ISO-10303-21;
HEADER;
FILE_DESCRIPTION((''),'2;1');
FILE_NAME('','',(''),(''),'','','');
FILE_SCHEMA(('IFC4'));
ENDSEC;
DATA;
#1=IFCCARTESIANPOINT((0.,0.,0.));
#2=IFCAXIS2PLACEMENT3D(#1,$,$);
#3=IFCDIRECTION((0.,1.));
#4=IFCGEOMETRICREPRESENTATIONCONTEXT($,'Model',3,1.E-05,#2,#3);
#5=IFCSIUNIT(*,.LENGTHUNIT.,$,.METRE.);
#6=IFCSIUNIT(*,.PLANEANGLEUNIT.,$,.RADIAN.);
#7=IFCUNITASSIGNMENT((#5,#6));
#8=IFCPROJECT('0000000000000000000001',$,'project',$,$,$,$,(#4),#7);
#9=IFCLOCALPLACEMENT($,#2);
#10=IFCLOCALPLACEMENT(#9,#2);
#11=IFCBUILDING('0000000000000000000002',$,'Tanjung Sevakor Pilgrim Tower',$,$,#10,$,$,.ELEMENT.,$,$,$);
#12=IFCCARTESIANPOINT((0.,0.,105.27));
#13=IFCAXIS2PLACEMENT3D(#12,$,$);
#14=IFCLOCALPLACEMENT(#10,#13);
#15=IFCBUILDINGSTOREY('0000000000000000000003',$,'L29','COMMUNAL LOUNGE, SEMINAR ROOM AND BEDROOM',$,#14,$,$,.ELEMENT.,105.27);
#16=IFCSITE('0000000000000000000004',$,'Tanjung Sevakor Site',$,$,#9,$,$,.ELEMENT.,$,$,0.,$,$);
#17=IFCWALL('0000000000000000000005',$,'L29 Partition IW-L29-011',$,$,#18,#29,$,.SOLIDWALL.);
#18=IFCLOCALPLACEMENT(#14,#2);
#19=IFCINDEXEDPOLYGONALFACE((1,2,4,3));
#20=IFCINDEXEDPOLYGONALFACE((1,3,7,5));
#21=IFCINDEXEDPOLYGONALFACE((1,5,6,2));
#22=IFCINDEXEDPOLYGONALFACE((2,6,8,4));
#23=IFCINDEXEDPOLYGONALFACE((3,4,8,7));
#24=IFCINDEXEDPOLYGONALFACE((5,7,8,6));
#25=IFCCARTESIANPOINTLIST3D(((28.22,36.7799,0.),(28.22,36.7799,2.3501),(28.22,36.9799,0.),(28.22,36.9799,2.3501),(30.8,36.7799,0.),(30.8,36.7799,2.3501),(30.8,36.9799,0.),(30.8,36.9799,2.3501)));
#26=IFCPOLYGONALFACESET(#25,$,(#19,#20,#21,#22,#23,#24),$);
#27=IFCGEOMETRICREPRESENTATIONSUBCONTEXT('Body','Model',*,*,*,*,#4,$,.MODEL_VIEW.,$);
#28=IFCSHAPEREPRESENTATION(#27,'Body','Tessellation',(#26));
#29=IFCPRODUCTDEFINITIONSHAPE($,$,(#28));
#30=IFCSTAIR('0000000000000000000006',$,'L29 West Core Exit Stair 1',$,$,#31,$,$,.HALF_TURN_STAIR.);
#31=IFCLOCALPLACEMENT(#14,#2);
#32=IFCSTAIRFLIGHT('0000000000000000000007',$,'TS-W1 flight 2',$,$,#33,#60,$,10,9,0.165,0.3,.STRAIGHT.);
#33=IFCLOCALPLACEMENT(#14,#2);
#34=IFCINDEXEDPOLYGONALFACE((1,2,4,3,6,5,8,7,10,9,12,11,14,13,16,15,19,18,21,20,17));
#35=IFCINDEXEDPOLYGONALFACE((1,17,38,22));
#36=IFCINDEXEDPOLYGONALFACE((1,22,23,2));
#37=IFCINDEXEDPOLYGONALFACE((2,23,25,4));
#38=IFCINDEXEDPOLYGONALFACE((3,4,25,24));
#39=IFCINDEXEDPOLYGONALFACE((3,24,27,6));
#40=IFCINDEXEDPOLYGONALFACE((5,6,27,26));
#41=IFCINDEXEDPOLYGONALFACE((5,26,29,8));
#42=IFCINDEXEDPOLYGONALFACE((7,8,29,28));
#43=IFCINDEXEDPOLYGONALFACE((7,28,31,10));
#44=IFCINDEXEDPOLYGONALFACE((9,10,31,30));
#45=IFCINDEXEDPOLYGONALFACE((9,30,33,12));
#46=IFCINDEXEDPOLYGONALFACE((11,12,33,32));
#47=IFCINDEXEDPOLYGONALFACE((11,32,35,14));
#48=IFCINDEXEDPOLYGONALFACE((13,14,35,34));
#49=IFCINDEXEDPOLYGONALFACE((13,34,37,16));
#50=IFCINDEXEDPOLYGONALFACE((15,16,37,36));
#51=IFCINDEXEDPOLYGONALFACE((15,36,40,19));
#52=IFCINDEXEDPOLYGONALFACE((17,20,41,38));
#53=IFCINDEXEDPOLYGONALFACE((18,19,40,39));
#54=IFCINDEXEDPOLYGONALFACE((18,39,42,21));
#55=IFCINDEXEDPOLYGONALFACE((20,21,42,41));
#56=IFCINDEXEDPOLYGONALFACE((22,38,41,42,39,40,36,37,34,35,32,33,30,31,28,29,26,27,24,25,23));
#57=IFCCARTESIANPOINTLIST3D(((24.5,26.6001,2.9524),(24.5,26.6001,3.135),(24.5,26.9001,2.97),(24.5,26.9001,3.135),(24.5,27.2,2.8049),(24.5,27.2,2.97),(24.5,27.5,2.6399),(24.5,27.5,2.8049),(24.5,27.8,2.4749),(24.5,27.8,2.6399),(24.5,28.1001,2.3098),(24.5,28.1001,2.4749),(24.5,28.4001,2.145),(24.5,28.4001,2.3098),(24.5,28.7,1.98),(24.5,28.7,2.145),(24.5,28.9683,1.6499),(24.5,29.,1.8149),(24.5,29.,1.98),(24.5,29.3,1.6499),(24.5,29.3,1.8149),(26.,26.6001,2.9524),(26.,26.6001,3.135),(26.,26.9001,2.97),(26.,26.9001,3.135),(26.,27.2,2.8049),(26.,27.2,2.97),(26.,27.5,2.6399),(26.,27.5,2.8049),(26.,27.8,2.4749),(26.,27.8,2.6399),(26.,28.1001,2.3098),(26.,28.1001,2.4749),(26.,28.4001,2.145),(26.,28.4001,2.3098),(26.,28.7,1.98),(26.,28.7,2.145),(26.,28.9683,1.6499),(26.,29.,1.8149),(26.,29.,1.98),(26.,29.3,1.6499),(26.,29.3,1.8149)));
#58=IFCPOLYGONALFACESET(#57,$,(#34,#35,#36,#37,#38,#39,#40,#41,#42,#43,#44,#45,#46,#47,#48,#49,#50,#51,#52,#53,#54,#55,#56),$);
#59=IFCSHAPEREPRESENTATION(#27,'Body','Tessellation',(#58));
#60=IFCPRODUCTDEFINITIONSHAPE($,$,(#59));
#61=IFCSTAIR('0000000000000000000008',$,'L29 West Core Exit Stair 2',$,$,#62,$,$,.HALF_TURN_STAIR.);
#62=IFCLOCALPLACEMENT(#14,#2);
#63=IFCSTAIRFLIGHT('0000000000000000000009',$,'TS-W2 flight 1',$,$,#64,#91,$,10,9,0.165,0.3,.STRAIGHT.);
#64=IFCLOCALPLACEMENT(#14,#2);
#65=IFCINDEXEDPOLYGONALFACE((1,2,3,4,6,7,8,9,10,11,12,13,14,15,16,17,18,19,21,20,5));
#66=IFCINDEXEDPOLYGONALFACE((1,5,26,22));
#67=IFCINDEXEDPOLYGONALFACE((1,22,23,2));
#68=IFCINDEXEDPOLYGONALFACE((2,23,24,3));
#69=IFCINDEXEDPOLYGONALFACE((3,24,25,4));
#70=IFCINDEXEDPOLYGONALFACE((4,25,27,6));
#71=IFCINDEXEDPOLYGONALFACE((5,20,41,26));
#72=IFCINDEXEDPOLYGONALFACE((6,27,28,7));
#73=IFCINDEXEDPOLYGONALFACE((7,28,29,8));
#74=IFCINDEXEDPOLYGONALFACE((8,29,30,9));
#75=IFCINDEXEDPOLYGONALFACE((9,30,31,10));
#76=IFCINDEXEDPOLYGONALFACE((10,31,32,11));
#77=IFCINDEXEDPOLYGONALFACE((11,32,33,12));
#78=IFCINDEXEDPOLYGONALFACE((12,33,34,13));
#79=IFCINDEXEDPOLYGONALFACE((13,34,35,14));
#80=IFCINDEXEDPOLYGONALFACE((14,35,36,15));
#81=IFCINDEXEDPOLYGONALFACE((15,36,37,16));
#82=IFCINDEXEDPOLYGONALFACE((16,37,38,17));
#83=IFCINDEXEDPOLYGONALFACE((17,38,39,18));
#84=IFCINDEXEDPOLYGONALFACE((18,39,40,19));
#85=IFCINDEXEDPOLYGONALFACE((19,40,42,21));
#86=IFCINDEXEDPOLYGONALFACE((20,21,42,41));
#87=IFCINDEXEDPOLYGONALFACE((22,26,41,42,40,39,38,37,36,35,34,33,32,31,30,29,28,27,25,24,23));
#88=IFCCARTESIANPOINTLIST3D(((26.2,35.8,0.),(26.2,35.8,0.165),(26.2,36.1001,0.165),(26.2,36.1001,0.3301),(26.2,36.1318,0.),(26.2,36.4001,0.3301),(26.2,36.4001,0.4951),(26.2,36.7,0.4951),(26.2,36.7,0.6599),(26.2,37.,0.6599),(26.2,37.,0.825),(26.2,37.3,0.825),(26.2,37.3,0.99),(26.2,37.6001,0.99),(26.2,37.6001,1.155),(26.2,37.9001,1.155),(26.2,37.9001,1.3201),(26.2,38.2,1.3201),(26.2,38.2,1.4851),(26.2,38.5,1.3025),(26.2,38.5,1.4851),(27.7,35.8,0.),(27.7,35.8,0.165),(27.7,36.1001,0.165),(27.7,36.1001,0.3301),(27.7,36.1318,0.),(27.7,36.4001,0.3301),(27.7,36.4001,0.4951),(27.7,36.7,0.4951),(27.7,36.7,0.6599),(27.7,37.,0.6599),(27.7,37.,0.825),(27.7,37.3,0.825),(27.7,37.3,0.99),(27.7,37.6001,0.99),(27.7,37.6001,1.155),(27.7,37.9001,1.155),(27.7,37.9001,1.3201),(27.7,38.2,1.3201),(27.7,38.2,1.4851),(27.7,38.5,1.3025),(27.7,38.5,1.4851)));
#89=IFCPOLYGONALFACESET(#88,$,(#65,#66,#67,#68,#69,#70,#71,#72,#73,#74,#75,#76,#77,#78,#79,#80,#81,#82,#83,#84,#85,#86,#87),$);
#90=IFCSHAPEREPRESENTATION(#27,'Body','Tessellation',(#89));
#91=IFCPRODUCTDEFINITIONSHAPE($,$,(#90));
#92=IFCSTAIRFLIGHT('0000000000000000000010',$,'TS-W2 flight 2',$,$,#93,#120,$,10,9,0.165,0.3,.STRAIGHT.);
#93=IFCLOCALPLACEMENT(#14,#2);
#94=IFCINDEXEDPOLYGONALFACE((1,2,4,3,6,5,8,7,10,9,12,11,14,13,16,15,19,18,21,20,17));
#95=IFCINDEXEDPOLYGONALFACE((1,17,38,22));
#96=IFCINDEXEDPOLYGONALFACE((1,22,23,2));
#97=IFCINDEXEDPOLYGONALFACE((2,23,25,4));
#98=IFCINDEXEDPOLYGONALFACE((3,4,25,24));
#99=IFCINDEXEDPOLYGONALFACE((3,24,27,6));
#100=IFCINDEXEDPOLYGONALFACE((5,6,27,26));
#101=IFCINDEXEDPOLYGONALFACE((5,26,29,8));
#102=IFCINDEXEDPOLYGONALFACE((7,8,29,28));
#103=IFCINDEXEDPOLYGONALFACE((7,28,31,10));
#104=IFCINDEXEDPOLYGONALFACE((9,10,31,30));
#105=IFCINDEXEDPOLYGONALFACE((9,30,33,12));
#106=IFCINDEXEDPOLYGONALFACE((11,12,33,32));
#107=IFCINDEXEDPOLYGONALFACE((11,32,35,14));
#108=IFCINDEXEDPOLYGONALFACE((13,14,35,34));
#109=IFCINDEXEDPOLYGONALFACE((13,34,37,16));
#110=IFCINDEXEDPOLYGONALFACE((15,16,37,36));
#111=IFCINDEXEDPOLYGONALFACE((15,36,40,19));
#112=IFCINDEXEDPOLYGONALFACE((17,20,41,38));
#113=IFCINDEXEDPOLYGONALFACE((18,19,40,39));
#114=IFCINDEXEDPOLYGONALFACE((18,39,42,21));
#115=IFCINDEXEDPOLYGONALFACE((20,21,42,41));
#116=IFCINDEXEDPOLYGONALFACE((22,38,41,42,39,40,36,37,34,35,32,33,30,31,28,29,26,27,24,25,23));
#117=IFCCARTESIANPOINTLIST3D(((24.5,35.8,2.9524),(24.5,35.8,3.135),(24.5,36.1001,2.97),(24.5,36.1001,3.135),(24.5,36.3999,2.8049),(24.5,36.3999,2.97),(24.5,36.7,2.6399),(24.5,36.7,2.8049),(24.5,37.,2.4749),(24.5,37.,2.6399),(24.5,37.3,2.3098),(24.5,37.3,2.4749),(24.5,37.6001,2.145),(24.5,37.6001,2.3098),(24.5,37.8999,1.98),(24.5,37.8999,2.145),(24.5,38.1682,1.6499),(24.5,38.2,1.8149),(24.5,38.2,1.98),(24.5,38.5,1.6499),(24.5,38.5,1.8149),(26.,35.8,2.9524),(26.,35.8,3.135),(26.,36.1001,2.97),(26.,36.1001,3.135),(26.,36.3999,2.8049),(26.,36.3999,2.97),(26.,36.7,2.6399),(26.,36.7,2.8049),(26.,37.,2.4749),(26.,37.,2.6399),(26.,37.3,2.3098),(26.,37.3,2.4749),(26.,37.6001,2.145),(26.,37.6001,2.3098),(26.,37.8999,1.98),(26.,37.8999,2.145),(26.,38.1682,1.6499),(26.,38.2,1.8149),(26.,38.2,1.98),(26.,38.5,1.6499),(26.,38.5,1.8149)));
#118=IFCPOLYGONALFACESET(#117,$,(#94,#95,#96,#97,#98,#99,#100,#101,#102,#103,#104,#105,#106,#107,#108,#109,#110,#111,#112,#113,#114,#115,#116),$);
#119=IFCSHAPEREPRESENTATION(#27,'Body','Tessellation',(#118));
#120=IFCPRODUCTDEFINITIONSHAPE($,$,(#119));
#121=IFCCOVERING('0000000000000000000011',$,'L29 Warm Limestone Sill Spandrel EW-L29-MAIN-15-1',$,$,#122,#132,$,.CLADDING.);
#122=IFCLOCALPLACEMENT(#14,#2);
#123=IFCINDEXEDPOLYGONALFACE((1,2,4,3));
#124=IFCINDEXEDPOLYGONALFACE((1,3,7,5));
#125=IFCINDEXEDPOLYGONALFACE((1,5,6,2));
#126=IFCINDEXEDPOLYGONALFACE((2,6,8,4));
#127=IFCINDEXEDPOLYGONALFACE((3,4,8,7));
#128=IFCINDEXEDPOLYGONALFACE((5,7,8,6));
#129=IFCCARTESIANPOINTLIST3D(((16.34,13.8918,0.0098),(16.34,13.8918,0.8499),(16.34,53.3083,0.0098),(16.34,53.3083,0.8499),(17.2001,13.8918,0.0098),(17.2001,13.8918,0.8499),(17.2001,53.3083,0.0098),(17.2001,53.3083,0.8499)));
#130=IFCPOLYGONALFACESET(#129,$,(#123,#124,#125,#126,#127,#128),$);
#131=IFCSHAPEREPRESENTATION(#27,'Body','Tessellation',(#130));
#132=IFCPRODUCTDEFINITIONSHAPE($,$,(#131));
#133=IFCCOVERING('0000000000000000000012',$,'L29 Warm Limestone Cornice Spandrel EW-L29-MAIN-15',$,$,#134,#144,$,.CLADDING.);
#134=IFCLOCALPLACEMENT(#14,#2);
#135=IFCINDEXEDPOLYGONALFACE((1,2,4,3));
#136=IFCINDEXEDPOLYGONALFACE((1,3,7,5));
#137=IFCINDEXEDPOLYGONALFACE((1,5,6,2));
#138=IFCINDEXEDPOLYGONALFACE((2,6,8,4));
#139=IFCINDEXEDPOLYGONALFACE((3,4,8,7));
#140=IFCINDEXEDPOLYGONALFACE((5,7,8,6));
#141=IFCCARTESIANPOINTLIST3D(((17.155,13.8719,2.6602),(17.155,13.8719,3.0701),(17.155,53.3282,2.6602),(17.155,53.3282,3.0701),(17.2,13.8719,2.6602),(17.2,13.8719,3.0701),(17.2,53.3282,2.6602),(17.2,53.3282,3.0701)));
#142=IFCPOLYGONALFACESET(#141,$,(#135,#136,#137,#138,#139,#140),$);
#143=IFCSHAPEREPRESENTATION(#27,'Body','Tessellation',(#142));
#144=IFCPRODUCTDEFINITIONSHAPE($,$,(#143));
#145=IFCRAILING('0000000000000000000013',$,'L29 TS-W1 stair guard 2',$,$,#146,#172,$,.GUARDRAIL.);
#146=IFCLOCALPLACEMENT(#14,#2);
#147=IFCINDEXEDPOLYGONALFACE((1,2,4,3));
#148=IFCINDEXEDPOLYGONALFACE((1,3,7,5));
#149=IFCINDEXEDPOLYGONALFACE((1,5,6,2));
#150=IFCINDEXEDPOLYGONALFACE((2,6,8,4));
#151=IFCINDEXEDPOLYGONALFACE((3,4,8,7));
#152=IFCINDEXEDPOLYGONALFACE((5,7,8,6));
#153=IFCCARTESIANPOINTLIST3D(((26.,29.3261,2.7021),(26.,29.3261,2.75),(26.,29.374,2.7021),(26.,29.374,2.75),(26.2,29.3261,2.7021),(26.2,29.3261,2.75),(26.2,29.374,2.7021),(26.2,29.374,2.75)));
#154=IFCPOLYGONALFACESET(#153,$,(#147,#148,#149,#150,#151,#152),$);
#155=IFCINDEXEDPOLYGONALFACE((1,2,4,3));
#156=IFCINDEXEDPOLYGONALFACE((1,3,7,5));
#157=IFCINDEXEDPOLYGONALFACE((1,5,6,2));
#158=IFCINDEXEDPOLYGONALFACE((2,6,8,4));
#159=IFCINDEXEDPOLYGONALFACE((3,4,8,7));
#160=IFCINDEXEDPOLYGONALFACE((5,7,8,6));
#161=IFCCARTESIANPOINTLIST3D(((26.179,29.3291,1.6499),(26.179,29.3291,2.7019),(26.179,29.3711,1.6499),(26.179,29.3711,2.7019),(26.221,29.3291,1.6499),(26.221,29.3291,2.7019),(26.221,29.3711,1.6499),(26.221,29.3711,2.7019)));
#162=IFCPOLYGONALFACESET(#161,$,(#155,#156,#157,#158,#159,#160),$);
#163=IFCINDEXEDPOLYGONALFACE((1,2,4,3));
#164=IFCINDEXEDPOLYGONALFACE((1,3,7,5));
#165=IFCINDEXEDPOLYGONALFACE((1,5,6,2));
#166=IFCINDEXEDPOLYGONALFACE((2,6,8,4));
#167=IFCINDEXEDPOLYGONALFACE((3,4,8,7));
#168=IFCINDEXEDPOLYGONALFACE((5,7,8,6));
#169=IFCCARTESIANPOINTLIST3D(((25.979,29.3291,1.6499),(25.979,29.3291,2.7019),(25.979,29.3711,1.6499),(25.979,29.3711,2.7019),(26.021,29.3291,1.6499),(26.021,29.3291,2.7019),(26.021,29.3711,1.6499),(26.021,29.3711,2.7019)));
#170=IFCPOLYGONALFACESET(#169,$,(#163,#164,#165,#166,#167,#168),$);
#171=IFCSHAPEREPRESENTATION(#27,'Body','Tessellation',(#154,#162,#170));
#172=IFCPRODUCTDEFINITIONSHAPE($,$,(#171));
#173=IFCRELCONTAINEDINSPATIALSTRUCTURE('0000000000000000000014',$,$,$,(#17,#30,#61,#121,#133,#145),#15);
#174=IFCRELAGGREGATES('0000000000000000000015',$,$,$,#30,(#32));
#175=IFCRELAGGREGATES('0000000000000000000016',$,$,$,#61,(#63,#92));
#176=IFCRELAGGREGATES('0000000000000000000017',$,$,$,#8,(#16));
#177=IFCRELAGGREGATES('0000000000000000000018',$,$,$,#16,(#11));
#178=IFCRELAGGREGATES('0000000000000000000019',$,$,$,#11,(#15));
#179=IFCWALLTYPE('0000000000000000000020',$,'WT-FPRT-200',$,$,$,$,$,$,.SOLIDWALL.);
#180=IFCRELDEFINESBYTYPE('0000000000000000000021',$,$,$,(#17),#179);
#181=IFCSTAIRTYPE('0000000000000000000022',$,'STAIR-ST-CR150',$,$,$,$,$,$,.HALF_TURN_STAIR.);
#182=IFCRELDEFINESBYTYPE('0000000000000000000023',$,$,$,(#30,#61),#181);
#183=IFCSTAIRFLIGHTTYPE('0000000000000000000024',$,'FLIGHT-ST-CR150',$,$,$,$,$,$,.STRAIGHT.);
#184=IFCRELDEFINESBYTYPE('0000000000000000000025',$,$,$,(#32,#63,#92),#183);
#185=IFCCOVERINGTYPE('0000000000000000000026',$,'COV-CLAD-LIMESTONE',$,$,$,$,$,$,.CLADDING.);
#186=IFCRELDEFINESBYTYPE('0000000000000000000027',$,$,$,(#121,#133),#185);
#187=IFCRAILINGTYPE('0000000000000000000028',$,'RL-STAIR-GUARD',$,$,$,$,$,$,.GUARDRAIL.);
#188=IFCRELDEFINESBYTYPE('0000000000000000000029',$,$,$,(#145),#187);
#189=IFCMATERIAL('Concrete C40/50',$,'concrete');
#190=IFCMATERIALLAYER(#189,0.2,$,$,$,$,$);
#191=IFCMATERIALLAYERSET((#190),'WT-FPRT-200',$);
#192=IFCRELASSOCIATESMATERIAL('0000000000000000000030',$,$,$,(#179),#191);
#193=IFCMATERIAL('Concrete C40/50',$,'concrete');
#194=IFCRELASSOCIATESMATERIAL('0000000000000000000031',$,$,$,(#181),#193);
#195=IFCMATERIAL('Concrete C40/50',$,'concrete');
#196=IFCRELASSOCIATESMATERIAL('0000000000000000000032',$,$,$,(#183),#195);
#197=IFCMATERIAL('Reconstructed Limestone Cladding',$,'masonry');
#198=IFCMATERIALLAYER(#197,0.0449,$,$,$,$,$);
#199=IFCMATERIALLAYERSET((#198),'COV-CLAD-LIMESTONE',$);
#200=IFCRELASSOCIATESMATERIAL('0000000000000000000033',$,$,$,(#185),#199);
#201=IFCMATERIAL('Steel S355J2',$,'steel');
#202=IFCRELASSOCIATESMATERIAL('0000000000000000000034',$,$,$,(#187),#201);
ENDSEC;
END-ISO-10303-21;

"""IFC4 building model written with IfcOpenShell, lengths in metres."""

from ifc_helpers import new_model, si_unit, direction, frame, frame_2d, origin, origin_2d, place, context, subcontext, project, spatial, polyline, rectangle, outline, extrude, material, layer, layer_set, type_object, element, aggregate, save


model = new_model("IFC4")

# Units and contexts
model_context = context("Model", 3, precision=1e-05, world=origin(), true_north=direction((0.0, 1.0)))
body_context = subcontext(model_context, "Body", "Model", "MODEL_VIEW")
ifc_project = project(units=[si_unit("LENGTHUNIT", "METRE"), si_unit("PLANEANGLEUNIT", "RADIAN")], contexts=[model_context])

# Site, building, storey
site_placement = place(None, origin())
site = spatial("IfcSite", under=ifc_project, at=site_placement, Name="Tanjung Sevakor Site", CompositionType="ELEMENT", RefElevation=0.0)
building_placement = place(site_placement, origin())
building = spatial("IfcBuilding", under=site, at=building_placement, Name="Tanjung Sevakor Pilgrim Tower", CompositionType="ELEMENT")
storey_placement = place(building_placement, frame((0.0, 0.0, 105.27)))
storey = spatial("IfcBuildingStorey", under=building, at=storey_placement, Name="L29", Description="COMMUNAL LOUNGE, SEMINAR ROOM AND BEDROOM", CompositionType="ELEMENT", Elevation=105.27)

# Wall
ifc_material_1 = material(Name="Concrete C40/50", Category="concrete")
ifc_layer_1 = layer(ifc_material_1, 0.2)
ifc_layer_set_1 = layer_set([ifc_layer_1], Name="WT-FPRT-200")
wall_type_1 = type_object("IfcWallType", Name="WT-FPRT-200", PredefinedType="SOLIDWALL", material=ifc_layer_set_1)
wall_1_placement = place(storey_placement, frame((28.22, 36.8799, 0.0), z_axis=(0.0, 0.0, 1.0), x_axis=(1.0, 0.0, 0.0)))
element("IfcWall", 1, at=wall_1_placement, inside=storey, type_object=wall_type_1, Name="L29 Partition IW-L29-011", PredefinedType="SOLIDWALL", context=body_context, shape_type="SweptSolid", body=[
    extrude(rectangle(XDim=2.5801, YDim=0.2, at=frame_2d((1.29, 0.0))), origin(), (0.0, 0.0, 1.0), 2.3501),
])

# Stair, stair flight
ifc_material_2 = material(Name="Concrete C40/50", Category="concrete")
stair_type = type_object("IfcStairType", Name="STAIR-ST-CR150", PredefinedType="HALF_TURN_STAIR", material=ifc_material_2)
stair_1_placement = place(storey_placement, origin())
stair_1 = element("IfcStair", 2, at=stair_1_placement, inside=storey, type_object=stair_type, Name="L29 West Core Exit Stair 1", PredefinedType="HALF_TURN_STAIR")
ifc_material_3 = material(Name="Concrete C40/50", Category="concrete")
stair_flight_type = type_object("IfcStairFlightType", Name="FLIGHT-ST-CR150", PredefinedType="STRAIGHT", material=ifc_material_3)
stair_flight_1_placement = place(storey_placement, frame((25.25, 29.3, 1.6499), z_axis=(0.0, 0.0, 1.0), x_axis=(0.0, -1.0, 0.0)))
stair_flight_1 = element("IfcStairFlight", 3, at=stair_flight_1_placement, type_object=stair_flight_type, Name="TS-W1 flight 2", NumberOfRisers=10, NumberOfTreads=9, PredefinedType="STRAIGHT", RiserHeight=0.165, TreadLength=0.3, context=body_context, shape_type="SweptSolid", body=[
    extrude(outline(polyline([(0.0, 0.0), (0.0, 0.165), (0.3, 0.165), (0.3, 0.3301), (0.6001, 0.3301), (0.6001, 0.4951), (0.8999, 0.4951), (0.8999, 0.6599), (1.2, 0.6599), (1.2, 0.825), (1.5, 0.825), (1.5, 0.99), (1.8, 0.99), (1.8, 1.155), (2.1001, 1.155), (2.1001, 1.3201), (2.3999, 1.3201), (2.3999, 1.4851), (2.7, 1.4851), (2.7, 1.6499), (2.7, 1.3025), (0.3318, 0.0), (0.0, 0.0)])), frame((0.0, 0.75, 0.0), z_axis=(0.0, -1.0, 0.0), x_axis=(1.0, 0.0, 0.0)), (0.0, 0.0, 1.0), 1.5),
])
aggregate(stair_1, [stair_flight_1])

# Stair, stair flights
stair_2_placement = place(storey_placement, origin())
stair_2 = element("IfcStair", 4, at=stair_2_placement, inside=storey, type_object=stair_type, Name="L29 West Core Exit Stair 2", PredefinedType="HALF_TURN_STAIR")
stair_flight_2_placement = place(storey_placement, frame((26.95, 35.8, 0.0), z_axis=(0.0, 0.0, 1.0), x_axis=(0.0, 1.0, 0.0)))
stair_flight_2 = element("IfcStairFlight", 5, at=stair_flight_2_placement, type_object=stair_flight_type, Name="TS-W2 flight 1", NumberOfRisers=10, NumberOfTreads=9, PredefinedType="STRAIGHT", RiserHeight=0.165, TreadLength=0.3, context=body_context, shape_type="SweptSolid", body=[
    extrude(outline(polyline([(0.0, 0.0), (0.0, 0.165), (0.3, 0.165), (0.3, 0.3301), (0.6001, 0.3301), (0.6001, 0.4951), (0.8999, 0.4951), (0.8999, 0.6599), (1.2, 0.6599), (1.2, 0.825), (1.5, 0.825), (1.5, 0.99), (1.8, 0.99), (1.8, 1.155), (2.1001, 1.155), (2.1001, 1.3201), (2.3999, 1.3201), (2.3999, 1.4851), (2.7, 1.4851), (2.7, 1.6499), (2.7, 1.3025), (0.3318, 0.0), (0.0, 0.0)])), frame((0.0, 0.75, 0.0), z_axis=(0.0, -1.0, 0.0), x_axis=(1.0, 0.0, 0.0)), (0.0, 0.0, 1.0), 1.5),
])
stair_flight_3_placement = place(storey_placement, frame((25.25, 38.5, 1.6499), z_axis=(0.0, 0.0, 1.0), x_axis=(0.0, -1.0, 0.0)))
stair_flight_3 = element("IfcStairFlight", 6, at=stair_flight_3_placement, type_object=stair_flight_type, Name="TS-W2 flight 2", NumberOfRisers=10, NumberOfTreads=9, PredefinedType="STRAIGHT", RiserHeight=0.165, TreadLength=0.3, context=body_context, shape_type="SweptSolid", body=[
    extrude(outline(polyline([(0.0, 0.0), (0.0, 0.165), (0.3, 0.165), (0.3, 0.3301), (0.6001, 0.3301), (0.6001, 0.4951), (0.8999, 0.4951), (0.8999, 0.6599), (1.2, 0.6599), (1.2, 0.825), (1.5, 0.825), (1.5, 0.99), (1.8, 0.99), (1.8, 1.155), (2.1001, 1.155), (2.1001, 1.3201), (2.3999, 1.3201), (2.3999, 1.4851), (2.7, 1.4851), (2.7, 1.6499), (2.7, 1.3025), (0.3318, 0.0), (0.0, 0.0)])), frame((0.0, 0.75, 0.0), z_axis=(0.0, -1.0, 0.0), x_axis=(1.0, 0.0, 0.0)), (0.0, 0.0, 1.0), 1.5),
])
aggregate(stair_2, [stair_flight_2, stair_flight_3])

# Coverings
ifc_material_4 = material(Name="Reconstructed Limestone Cladding", Category="masonry")
ifc_layer_2 = layer(ifc_material_4, 0.0449)
ifc_layer_set_2 = layer_set([ifc_layer_2], Name="COV-CLAD-LIMESTONE")
covering_type = type_object("IfcCoveringType", Name="COV-CLAD-LIMESTONE", PredefinedType="CLADDING", material=ifc_layer_set_2)
covering_1_placement = place(storey_placement, frame((16.77, 33.6001, 0.0098), z_axis=(0.0, 0.0, 1.0), x_axis=(0.0, -1.0, 0.0)))
element("IfcCovering", 7, at=covering_1_placement, inside=storey, type_object=covering_type, Name="L29 Warm Limestone Sill Spandrel EW-L29-MAIN-15-1", PredefinedType="CLADDING", context=body_context, shape_type="SweptSolid", body=[
    extrude(rectangle(XDim=39.4165, YDim=0.8601, at=origin_2d()), origin(), (0.0, 0.0, 1.0), 0.8401),
])
covering_2_placement = place(storey_placement, frame((17.1775, 33.6001, 2.6602), z_axis=(0.0, 0.0, 1.0), x_axis=(0.0, -1.0, 0.0)))
element("IfcCovering", 8, at=covering_2_placement, inside=storey, type_object=covering_type, Name="L29 Warm Limestone Cornice Spandrel EW-L29-MAIN-15", PredefinedType="CLADDING", context=body_context, shape_type="SweptSolid", body=[
    extrude(rectangle(XDim=39.4563, YDim=0.0449, at=origin_2d()), origin(), (0.0, 0.0, 1.0), 0.4099),
])

# Railing
ifc_material_5 = material(Name="Steel S355J2", Category="steel")
railing_type_1 = type_object("IfcRailingType", Name="RL-STAIR-GUARD", PredefinedType="GUARDRAIL", material=ifc_material_5)
railing_1_placement = place(storey_placement, frame((26.2, 29.3501, 1.6499)))
element("IfcRailing", 9, at=railing_1_placement, inside=storey, type_object=railing_type_1, Name="L29 TS-W1 stair guard 2", PredefinedType="GUARDRAIL", context=body_context, shape_type="SweptSolid", body=[
    extrude(rectangle(XDim=0.0479, YDim=0.0479), frame((0.0, 0.0, 1.0762), z_axis=(-1.0, 0.0, 0.0), x_axis=(0.0, -1.0, 0.0)), (0.0, 0.0, 1.0), 0.2),
    extrude(rectangle(XDim=0.042, YDim=0.042), origin(), (0.0, 0.0, 1.0), 1.052),
    extrude(rectangle(XDim=0.042, YDim=0.042), frame((-0.2, 0.0, 0.0)), (0.0, 0.0, 1.0), 1.052),
])

save(model, "model.ifc")
